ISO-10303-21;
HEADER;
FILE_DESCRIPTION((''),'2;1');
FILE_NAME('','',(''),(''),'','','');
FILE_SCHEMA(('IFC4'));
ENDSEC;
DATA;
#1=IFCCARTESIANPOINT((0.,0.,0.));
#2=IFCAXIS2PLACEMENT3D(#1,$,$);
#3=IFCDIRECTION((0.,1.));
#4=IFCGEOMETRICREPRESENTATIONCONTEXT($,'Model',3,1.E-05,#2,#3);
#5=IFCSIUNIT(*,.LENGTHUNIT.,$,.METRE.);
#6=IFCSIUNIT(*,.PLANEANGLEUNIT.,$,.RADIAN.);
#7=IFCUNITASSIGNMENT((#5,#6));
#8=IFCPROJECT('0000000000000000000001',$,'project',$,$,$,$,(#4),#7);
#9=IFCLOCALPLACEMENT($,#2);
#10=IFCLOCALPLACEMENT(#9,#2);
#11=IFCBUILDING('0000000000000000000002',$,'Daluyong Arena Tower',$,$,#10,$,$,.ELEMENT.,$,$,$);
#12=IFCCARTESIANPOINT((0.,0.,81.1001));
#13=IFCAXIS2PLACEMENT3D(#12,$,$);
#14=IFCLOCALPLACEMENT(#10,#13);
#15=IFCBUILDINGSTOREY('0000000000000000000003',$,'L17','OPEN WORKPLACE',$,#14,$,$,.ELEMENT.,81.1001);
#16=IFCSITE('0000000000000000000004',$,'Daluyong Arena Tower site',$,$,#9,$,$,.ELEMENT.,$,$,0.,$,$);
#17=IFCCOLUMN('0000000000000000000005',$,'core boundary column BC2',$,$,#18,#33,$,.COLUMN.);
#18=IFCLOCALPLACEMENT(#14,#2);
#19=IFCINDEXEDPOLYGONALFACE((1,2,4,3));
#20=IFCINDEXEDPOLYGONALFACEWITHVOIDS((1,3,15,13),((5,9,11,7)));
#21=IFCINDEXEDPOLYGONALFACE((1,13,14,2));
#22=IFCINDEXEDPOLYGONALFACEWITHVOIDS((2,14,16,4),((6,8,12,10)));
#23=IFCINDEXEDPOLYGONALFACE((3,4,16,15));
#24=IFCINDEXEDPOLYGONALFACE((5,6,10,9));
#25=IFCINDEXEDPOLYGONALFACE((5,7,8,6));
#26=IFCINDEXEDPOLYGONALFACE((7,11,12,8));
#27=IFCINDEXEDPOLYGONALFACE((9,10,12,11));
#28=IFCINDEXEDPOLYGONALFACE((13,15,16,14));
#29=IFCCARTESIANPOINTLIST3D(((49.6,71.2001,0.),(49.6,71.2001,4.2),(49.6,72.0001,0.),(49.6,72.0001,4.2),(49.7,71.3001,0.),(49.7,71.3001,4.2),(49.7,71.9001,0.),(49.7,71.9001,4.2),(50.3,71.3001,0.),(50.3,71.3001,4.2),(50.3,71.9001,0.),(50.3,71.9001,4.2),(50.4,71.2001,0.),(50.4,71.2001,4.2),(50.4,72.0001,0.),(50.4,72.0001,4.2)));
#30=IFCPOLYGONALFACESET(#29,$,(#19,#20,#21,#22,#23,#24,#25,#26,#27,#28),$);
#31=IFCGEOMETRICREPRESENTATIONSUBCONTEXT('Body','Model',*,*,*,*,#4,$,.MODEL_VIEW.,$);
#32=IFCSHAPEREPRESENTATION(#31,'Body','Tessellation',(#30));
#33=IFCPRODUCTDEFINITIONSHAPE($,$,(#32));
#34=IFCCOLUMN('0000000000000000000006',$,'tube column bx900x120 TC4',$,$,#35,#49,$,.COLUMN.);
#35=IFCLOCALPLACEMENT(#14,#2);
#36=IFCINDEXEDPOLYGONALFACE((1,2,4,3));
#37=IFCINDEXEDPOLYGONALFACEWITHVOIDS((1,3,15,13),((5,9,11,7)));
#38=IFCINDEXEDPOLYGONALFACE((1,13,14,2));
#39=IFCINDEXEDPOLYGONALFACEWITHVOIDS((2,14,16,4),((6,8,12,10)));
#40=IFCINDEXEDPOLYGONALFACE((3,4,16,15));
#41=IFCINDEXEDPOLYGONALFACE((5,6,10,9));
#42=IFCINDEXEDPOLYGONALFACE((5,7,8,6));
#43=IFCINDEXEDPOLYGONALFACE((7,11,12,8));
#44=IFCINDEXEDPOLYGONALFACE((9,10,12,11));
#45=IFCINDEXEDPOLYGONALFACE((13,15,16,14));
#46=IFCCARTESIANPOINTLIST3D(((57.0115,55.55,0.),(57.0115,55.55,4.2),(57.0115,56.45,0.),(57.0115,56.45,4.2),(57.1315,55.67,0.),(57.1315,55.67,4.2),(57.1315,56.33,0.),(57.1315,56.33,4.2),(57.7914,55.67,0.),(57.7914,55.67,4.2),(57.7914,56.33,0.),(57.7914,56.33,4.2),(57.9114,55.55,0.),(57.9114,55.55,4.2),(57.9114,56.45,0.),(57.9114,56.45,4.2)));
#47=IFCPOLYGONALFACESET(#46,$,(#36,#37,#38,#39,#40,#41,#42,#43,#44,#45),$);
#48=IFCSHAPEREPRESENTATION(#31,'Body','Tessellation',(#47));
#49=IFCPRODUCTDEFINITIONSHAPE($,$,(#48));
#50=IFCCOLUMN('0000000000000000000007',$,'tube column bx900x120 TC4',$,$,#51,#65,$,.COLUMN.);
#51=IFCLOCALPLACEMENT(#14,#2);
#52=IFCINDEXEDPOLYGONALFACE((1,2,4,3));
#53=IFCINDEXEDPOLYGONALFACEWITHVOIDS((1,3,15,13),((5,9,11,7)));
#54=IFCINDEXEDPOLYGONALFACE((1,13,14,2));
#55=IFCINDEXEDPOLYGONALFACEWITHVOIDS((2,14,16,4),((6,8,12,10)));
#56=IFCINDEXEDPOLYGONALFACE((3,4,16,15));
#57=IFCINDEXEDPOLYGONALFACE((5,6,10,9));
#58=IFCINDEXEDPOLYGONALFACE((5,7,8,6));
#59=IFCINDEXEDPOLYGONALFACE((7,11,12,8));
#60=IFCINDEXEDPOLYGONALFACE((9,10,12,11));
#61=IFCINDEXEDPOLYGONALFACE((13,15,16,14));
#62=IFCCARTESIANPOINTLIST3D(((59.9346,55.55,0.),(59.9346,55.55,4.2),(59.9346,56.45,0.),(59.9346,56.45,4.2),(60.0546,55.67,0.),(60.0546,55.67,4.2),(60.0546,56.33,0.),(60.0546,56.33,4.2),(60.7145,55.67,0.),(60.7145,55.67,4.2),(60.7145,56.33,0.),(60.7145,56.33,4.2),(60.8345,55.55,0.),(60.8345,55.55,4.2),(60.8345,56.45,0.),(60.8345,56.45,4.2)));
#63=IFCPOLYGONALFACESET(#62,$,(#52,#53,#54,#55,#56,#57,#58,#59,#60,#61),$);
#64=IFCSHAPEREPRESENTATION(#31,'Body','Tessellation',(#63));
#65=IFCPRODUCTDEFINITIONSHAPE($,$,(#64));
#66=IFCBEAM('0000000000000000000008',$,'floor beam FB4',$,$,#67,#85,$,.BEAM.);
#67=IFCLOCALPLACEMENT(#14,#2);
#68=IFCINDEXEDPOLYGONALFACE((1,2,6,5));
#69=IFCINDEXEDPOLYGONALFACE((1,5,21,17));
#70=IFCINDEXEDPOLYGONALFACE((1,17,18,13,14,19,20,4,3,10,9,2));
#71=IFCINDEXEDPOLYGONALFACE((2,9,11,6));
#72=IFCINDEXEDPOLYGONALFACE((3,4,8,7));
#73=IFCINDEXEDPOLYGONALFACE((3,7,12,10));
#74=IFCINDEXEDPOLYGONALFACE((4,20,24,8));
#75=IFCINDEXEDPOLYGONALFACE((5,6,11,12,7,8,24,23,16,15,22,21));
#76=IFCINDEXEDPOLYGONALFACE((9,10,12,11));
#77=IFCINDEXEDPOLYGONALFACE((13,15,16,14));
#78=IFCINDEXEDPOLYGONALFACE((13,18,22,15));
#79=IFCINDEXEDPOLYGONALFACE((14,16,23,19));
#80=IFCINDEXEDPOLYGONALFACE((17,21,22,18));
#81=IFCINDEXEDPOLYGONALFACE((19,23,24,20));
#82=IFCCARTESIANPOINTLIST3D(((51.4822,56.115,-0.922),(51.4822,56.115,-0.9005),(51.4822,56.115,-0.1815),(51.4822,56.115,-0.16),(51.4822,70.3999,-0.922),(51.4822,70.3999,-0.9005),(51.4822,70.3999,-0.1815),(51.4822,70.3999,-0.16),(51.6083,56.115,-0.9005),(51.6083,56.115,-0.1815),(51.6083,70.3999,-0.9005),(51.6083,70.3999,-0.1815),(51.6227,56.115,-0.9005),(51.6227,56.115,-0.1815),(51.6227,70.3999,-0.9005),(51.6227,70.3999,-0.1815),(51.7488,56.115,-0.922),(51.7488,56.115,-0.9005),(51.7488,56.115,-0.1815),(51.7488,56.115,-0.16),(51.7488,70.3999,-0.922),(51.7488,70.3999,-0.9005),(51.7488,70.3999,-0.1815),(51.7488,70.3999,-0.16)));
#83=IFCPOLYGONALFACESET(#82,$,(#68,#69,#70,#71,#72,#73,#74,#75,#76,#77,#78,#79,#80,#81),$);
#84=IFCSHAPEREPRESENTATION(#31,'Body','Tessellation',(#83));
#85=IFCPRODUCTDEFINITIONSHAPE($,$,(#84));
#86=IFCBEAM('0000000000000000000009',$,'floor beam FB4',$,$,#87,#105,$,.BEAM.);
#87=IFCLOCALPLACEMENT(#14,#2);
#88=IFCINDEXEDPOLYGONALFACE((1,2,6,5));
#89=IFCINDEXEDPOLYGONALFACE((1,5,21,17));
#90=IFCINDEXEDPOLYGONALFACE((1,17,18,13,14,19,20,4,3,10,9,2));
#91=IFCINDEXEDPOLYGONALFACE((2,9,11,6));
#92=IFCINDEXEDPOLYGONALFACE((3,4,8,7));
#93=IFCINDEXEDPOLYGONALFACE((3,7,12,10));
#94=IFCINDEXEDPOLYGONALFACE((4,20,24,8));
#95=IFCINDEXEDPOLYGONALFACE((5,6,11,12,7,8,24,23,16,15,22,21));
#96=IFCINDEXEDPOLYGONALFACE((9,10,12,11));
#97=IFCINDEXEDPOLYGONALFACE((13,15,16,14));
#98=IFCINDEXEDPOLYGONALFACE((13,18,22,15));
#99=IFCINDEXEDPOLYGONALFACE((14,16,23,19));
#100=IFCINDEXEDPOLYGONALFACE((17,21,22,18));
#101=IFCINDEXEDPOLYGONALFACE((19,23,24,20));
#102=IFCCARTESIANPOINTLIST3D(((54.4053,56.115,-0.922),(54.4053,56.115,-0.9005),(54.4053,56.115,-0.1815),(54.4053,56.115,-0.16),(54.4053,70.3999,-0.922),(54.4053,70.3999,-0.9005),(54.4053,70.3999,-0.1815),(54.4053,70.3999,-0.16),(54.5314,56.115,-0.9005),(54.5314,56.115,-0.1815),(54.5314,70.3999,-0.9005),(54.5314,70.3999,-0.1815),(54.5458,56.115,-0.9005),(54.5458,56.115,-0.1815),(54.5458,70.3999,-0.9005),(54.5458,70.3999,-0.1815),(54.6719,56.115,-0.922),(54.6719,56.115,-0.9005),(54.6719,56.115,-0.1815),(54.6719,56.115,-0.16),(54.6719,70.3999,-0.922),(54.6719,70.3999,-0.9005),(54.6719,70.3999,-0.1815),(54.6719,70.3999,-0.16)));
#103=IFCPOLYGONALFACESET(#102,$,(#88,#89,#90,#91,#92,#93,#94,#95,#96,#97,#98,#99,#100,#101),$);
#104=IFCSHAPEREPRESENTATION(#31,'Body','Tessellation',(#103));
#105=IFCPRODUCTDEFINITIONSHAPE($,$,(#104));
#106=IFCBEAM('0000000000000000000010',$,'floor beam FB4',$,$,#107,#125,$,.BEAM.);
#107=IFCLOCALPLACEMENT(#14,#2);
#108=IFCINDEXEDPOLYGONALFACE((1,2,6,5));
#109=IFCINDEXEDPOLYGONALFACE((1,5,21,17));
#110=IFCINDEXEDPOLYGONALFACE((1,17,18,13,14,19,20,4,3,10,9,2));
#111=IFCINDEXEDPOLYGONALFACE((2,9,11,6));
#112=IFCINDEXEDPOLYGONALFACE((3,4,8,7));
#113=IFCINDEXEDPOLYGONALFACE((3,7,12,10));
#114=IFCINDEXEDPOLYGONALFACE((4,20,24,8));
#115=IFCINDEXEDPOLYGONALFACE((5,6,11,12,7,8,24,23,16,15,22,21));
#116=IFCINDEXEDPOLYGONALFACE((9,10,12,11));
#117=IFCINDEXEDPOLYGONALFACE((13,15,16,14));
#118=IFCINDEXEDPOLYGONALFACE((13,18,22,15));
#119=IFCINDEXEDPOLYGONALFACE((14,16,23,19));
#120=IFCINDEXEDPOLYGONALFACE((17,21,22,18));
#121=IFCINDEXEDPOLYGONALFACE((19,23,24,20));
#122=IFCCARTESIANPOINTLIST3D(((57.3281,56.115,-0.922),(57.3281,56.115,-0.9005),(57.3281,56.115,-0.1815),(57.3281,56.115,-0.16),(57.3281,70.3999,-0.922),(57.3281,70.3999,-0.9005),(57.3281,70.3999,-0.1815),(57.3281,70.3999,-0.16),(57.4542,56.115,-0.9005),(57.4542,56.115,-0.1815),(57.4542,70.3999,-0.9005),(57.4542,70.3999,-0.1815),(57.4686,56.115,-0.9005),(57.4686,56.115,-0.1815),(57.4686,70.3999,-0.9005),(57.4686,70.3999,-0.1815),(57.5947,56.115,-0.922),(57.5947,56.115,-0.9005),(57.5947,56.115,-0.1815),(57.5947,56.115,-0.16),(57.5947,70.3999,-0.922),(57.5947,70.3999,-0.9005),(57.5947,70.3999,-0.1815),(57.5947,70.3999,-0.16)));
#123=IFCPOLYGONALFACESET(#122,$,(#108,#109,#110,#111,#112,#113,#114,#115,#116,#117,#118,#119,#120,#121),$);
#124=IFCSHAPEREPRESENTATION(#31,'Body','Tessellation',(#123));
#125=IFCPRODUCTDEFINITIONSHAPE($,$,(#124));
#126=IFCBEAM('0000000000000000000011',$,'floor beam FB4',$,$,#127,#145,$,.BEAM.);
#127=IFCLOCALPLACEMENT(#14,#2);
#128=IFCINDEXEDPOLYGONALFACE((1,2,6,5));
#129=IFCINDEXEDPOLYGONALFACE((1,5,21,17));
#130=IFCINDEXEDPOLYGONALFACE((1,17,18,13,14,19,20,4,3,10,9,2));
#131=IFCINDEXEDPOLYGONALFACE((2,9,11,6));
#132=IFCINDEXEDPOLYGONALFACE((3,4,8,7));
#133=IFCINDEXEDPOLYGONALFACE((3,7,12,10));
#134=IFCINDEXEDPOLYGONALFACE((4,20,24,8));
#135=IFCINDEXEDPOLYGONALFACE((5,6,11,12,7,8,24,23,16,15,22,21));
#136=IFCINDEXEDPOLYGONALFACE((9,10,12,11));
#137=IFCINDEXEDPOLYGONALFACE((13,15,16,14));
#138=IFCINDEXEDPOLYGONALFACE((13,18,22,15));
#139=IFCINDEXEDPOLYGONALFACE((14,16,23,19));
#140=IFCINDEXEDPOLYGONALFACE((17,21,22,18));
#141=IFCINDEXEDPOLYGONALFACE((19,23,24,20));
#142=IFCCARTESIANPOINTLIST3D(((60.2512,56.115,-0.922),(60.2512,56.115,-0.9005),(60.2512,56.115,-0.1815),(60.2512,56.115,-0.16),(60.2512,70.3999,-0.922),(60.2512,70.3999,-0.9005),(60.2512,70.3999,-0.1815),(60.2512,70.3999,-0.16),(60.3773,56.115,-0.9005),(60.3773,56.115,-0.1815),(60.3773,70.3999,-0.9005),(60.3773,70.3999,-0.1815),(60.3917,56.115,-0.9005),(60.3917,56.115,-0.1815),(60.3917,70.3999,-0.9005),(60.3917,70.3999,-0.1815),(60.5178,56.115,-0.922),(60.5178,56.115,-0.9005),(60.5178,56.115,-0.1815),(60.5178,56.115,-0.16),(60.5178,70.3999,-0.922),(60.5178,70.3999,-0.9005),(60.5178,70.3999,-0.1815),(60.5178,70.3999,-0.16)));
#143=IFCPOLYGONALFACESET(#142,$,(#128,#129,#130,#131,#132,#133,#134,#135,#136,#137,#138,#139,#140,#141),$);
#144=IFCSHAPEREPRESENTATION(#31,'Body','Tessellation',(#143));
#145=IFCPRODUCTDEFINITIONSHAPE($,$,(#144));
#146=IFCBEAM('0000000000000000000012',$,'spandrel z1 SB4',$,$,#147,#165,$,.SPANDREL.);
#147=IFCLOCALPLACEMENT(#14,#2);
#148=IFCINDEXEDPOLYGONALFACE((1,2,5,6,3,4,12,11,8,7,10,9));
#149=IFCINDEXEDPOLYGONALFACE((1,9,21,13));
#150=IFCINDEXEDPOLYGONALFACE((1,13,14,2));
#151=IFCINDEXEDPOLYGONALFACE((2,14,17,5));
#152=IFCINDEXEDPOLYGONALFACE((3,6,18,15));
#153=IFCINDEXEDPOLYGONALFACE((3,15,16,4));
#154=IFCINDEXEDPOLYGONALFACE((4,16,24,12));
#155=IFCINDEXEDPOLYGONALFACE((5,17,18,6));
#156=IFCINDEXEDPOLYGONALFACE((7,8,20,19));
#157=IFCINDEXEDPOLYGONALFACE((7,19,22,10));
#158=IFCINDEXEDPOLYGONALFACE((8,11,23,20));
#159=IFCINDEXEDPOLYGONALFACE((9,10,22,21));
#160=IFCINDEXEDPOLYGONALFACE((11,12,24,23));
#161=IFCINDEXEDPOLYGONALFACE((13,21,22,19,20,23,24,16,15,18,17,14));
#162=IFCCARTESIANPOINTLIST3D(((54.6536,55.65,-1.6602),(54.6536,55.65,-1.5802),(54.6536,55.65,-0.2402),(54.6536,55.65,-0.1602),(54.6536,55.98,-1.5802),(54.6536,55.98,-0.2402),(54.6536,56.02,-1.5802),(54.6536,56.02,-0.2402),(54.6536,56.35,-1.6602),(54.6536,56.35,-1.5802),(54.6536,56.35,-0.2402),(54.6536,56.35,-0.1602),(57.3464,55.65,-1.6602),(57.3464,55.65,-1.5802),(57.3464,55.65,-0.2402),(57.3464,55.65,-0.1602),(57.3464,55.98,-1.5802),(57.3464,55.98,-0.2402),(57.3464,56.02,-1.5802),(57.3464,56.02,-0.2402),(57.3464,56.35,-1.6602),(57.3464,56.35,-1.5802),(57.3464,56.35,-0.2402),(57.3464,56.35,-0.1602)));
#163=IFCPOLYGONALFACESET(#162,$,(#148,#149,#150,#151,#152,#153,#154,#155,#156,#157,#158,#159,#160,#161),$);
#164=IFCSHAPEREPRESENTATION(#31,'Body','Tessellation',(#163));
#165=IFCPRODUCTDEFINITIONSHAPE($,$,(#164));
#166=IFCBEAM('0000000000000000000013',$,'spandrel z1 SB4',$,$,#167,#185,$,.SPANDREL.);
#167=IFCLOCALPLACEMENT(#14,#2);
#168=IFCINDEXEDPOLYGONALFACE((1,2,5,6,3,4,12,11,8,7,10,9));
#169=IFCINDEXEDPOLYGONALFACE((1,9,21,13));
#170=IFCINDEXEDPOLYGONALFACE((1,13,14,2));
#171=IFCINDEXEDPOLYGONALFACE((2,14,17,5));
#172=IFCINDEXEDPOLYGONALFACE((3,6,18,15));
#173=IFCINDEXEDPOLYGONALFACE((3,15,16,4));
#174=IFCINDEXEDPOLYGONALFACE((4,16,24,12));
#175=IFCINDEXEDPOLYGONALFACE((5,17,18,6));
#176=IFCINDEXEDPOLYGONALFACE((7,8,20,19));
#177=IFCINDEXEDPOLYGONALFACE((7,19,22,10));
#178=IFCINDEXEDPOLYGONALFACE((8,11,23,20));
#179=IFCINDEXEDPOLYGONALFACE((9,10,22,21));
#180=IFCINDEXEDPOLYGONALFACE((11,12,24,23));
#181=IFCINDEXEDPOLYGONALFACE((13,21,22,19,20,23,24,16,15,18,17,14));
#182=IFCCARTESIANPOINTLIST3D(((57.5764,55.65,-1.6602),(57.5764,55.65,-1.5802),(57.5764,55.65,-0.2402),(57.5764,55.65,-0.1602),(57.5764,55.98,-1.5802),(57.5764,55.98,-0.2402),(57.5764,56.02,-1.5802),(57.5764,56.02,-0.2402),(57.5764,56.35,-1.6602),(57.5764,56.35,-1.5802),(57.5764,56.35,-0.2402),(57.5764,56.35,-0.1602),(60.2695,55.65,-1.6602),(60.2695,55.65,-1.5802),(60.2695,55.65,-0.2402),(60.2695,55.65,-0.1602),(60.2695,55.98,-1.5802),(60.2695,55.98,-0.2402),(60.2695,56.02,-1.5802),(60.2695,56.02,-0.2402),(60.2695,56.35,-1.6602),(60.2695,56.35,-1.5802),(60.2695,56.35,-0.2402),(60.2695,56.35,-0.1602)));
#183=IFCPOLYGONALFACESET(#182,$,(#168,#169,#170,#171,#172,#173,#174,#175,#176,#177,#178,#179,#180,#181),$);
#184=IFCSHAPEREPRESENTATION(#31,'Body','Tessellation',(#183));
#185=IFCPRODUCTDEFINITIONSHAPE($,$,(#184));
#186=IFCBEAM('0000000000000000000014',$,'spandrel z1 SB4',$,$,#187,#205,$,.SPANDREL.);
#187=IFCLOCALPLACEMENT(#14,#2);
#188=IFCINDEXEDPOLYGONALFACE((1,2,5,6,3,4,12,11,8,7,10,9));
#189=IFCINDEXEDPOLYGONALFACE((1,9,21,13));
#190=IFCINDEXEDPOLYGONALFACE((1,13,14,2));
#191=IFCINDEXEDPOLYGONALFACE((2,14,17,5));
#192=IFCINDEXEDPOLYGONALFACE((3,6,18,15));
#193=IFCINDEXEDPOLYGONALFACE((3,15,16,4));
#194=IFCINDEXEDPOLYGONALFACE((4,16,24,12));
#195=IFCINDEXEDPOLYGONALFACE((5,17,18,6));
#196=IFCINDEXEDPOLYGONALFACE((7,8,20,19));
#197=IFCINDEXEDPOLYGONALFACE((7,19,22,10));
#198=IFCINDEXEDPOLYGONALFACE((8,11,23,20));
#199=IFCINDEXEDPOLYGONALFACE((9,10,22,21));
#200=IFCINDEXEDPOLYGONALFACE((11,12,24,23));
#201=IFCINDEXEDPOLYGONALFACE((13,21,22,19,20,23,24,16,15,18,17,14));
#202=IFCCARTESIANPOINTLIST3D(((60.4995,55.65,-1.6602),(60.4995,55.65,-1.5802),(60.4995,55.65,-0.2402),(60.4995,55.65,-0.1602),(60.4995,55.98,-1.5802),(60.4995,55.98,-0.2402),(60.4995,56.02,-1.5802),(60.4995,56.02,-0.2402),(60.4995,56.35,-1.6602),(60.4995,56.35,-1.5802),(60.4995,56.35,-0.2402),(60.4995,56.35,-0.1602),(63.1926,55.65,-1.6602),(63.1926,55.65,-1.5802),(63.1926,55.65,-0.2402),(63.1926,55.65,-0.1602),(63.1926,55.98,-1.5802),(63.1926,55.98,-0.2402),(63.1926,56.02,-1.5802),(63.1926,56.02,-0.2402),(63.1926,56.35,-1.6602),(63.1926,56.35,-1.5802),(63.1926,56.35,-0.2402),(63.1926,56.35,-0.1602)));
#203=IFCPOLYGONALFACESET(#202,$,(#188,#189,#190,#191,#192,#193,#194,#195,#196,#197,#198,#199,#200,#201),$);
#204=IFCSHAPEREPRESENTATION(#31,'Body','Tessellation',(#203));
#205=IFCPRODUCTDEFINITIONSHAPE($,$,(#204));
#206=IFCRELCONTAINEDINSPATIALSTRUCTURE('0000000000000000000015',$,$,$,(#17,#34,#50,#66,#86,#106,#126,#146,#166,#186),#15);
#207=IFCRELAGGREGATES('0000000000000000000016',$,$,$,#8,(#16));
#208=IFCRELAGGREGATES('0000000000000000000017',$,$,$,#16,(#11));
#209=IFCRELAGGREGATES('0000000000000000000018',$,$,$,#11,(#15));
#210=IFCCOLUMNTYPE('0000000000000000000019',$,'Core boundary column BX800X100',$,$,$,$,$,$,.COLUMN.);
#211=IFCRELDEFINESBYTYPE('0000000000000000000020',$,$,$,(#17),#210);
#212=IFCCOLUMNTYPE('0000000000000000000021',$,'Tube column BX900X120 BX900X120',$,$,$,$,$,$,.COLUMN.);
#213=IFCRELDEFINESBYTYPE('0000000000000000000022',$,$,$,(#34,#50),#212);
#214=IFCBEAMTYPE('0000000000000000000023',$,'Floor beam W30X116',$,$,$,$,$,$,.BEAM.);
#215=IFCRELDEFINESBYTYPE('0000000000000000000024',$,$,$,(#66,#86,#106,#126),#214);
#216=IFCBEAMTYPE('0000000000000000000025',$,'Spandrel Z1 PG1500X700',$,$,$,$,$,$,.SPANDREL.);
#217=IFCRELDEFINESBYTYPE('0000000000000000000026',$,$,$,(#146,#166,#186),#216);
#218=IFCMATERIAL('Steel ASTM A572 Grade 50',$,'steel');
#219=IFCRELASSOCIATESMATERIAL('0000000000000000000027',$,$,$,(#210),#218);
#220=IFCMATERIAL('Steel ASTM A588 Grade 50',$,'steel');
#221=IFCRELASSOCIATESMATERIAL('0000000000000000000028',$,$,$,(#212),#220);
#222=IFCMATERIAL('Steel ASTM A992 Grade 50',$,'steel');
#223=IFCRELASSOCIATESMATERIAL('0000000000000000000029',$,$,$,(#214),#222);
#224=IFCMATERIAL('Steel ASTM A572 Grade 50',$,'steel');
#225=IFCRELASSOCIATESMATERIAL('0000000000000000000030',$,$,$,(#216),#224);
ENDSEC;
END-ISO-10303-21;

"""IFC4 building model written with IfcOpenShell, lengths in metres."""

from ifc_helpers import new_model, si_unit, direction, frame, origin, origin_2d, place, context, subcontext, project, spatial, hollow_rectangle, i_section, extrude, material, material_profile, profile_set, type_object, element, save


model = new_model("IFC4")

# Units and contexts
model_context = context("Model", 3, precision=1e-05, world=origin(), true_north=direction((0.0, 1.0)))
body_context = subcontext(model_context, "Body", "Model", "MODEL_VIEW")
ifc_project = project(units=[si_unit("LENGTHUNIT", "METRE"), si_unit("PLANEANGLEUNIT", "RADIAN")], contexts=[model_context])

# Site, building, storey
site_placement = place(None, origin())
site = spatial("IfcSite", under=ifc_project, at=site_placement, Name="Daluyong Arena Tower site", CompositionType="ELEMENT", RefElevation=0.0)
building_placement = place(site_placement, origin())
building = spatial("IfcBuilding", under=site, at=building_placement, Name="Daluyong Arena Tower", CompositionType="ELEMENT")
storey_placement = place(building_placement, frame((0.0, 0.0, 81.1001)))
storey = spatial("IfcBuildingStorey", under=building, at=storey_placement, Name="L17", Description="OPEN WORKPLACE", CompositionType="ELEMENT", Elevation=81.1001)

# Columns
ifc_material_1 = material(Name="Steel ASTM A572 Grade 50", Category="steel")
ifc_material_profile_1 = material_profile(ifc_material_1, hollow_rectangle(XDim=0.8, YDim=0.8, WallThickness=0.1, at=origin_2d()))
ifc_profile_set_1 = profile_set([ifc_material_profile_1], Name="Steel ASTM A572 Grade 50")
column_type_1 = type_object("IfcColumnType", Name="Core boundary column BX800X100", PredefinedType="COLUMN", material=ifc_profile_set_1)
column_placement = place(storey_placement, frame((50.0, 71.6001, 0.0), z_axis=(0.0, 0.0, 1.0), x_axis=(1.0, 0.0, 0.0)))
element("IfcColumn", 1, at=column_placement, inside=storey, type_object=column_type_1, Name="core boundary column BC2", PredefinedType="COLUMN", context=body_context, shape_type="SweptSolid", body=[
    extrude(hollow_rectangle(XDim=0.8, YDim=0.8, WallThickness=0.1, at=origin_2d()), origin(), (0.0, 0.0, 1.0), 4.2),
])
ifc_material_2 = material(Name="Steel ASTM A588 Grade 50", Category="steel")
ifc_material_profile_2 = material_profile(ifc_material_2, hollow_rectangle(XDim=0.8999, YDim=0.8999, WallThickness=0.12, at=origin_2d()))
ifc_profile_set_2 = profile_set([ifc_material_profile_2], Name="Steel ASTM A588 Grade 50")
column_type_2 = type_object("IfcColumnType", Name="Tube column BX900X120 BX900X120", PredefinedType="COLUMN", material=ifc_profile_set_2)
for number, where, z_axis, x_axis, name in (
    (2, (57.4614, 56.0, 0.0), (0.0, 0.0, 1.0), (1.0, 0.0, 0.0), "tube column bx900x120 TC4"),
    (3, (60.3845, 56.0, 0.0), (0.0, 0.0, 1.0), (1.0, 0.0, 0.0), "tube column bx900x120 TC4"),
):
    element("IfcColumn", number, at=place(storey_placement, frame(where, z_axis=z_axis, x_axis=x_axis)), inside=storey, type_object=column_type_2, Name=name, PredefinedType="COLUMN", context=body_context, shape_type="SweptSolid", body=[
        extrude(hollow_rectangle(XDim=0.8999, YDim=0.8999, WallThickness=0.12, at=origin_2d()), origin(), (0.0, 0.0, 1.0), 4.2),
    ])

# Beams
ifc_material_3 = material(Name="Steel ASTM A992 Grade 50", Category="steel")
ifc_material_profile_3 = material_profile(ifc_material_3, i_section(OverallWidth=0.2666, OverallDepth=0.762, WebThickness=0.0144, FlangeThickness=0.0215, at=origin_2d()))
ifc_profile_set_3 = profile_set([ifc_material_profile_3], Name="Steel ASTM A992 Grade 50")
beam_type_1 = type_object("IfcBeamType", Name="Floor beam W30X116", PredefinedType="BEAM", material=ifc_profile_set_3)
for number, where, z_axis, x_axis, name in (
    (4, (51.6155, 56.115, -0.541), (0.0, 1.0, 0.0), (-1.0, 0.0, 0.0), "floor beam FB4"),
    (5, (54.5386, 56.115, -0.541), (0.0, 1.0, 0.0), (-1.0, 0.0, 0.0), "floor beam FB4"),
    (6, (57.4614, 56.115, -0.541), (0.0, 1.0, 0.0), (-1.0, 0.0, 0.0), "floor beam FB4"),
    (7, (60.3845, 56.115, -0.541), (0.0, 1.0, 0.0), (-1.0, 0.0, 0.0), "floor beam FB4"),
):
    element("IfcBeam", number, at=place(storey_placement, frame(where, z_axis=z_axis, x_axis=x_axis)), inside=storey, type_object=beam_type_1, Name=name, PredefinedType="BEAM", context=body_context, shape_type="SweptSolid", body=[
        extrude(i_section(OverallWidth=0.2666, OverallDepth=0.762, WebThickness=0.0144, FlangeThickness=0.0215, at=origin_2d()), origin(), (0.0, 0.0, 1.0), 14.2849),
    ])
ifc_material_4 = material(Name="Steel ASTM A572 Grade 50", Category="steel")
ifc_material_profile_4 = material_profile(ifc_material_4, i_section(OverallWidth=0.7, OverallDepth=1.5, WebThickness=0.04, FlangeThickness=0.08, at=origin_2d()))
ifc_profile_set_4 = profile_set([ifc_material_profile_4], Name="Steel ASTM A572 Grade 50")
beam_type_2 = type_object("IfcBeamType", Name="Spandrel Z1 PG1500X700", PredefinedType="SPANDREL", material=ifc_profile_set_4)
beam_placement = place(storey_placement, frame((54.6536, 56.0, -0.9102), z_axis=(1.0, 0.0, 0.0), x_axis=(0.0, 1.0, 0.0)))
element("IfcBeam", 8, at=beam_placement, inside=storey, type_object=beam_type_2, Name="spandrel z1 SB4", PredefinedType="SPANDREL", context=body_context, shape_type="SweptSolid", body=[
    extrude(i_section(OverallWidth=0.7, OverallDepth=1.5, WebThickness=0.04, FlangeThickness=0.08, at=origin_2d()), origin(), (0.0, 0.0, 1.0), 2.6929),
])
for number, where, z_axis, x_axis, name in (
    (9, (57.5764, 56.0, -0.9102), (1.0, 0.0, 0.0), (0.0, 1.0, 0.0), "spandrel z1 SB4"),
    (10, (60.4995, 56.0, -0.9102), (1.0, 0.0, 0.0), (0.0, 1.0, 0.0), "spandrel z1 SB4"),
):
    element("IfcBeam", number, at=place(storey_placement, frame(where, z_axis=z_axis, x_axis=x_axis)), inside=storey, type_object=beam_type_2, Name=name, PredefinedType="SPANDREL", context=body_context, shape_type="SweptSolid", body=[
        extrude(i_section(OverallWidth=0.7, OverallDepth=1.5, WebThickness=0.04, FlangeThickness=0.08, at=origin_2d()), origin(), (0.0, 0.0, 1.0), 2.6931),
    ])

save(model, "model.ifc")
